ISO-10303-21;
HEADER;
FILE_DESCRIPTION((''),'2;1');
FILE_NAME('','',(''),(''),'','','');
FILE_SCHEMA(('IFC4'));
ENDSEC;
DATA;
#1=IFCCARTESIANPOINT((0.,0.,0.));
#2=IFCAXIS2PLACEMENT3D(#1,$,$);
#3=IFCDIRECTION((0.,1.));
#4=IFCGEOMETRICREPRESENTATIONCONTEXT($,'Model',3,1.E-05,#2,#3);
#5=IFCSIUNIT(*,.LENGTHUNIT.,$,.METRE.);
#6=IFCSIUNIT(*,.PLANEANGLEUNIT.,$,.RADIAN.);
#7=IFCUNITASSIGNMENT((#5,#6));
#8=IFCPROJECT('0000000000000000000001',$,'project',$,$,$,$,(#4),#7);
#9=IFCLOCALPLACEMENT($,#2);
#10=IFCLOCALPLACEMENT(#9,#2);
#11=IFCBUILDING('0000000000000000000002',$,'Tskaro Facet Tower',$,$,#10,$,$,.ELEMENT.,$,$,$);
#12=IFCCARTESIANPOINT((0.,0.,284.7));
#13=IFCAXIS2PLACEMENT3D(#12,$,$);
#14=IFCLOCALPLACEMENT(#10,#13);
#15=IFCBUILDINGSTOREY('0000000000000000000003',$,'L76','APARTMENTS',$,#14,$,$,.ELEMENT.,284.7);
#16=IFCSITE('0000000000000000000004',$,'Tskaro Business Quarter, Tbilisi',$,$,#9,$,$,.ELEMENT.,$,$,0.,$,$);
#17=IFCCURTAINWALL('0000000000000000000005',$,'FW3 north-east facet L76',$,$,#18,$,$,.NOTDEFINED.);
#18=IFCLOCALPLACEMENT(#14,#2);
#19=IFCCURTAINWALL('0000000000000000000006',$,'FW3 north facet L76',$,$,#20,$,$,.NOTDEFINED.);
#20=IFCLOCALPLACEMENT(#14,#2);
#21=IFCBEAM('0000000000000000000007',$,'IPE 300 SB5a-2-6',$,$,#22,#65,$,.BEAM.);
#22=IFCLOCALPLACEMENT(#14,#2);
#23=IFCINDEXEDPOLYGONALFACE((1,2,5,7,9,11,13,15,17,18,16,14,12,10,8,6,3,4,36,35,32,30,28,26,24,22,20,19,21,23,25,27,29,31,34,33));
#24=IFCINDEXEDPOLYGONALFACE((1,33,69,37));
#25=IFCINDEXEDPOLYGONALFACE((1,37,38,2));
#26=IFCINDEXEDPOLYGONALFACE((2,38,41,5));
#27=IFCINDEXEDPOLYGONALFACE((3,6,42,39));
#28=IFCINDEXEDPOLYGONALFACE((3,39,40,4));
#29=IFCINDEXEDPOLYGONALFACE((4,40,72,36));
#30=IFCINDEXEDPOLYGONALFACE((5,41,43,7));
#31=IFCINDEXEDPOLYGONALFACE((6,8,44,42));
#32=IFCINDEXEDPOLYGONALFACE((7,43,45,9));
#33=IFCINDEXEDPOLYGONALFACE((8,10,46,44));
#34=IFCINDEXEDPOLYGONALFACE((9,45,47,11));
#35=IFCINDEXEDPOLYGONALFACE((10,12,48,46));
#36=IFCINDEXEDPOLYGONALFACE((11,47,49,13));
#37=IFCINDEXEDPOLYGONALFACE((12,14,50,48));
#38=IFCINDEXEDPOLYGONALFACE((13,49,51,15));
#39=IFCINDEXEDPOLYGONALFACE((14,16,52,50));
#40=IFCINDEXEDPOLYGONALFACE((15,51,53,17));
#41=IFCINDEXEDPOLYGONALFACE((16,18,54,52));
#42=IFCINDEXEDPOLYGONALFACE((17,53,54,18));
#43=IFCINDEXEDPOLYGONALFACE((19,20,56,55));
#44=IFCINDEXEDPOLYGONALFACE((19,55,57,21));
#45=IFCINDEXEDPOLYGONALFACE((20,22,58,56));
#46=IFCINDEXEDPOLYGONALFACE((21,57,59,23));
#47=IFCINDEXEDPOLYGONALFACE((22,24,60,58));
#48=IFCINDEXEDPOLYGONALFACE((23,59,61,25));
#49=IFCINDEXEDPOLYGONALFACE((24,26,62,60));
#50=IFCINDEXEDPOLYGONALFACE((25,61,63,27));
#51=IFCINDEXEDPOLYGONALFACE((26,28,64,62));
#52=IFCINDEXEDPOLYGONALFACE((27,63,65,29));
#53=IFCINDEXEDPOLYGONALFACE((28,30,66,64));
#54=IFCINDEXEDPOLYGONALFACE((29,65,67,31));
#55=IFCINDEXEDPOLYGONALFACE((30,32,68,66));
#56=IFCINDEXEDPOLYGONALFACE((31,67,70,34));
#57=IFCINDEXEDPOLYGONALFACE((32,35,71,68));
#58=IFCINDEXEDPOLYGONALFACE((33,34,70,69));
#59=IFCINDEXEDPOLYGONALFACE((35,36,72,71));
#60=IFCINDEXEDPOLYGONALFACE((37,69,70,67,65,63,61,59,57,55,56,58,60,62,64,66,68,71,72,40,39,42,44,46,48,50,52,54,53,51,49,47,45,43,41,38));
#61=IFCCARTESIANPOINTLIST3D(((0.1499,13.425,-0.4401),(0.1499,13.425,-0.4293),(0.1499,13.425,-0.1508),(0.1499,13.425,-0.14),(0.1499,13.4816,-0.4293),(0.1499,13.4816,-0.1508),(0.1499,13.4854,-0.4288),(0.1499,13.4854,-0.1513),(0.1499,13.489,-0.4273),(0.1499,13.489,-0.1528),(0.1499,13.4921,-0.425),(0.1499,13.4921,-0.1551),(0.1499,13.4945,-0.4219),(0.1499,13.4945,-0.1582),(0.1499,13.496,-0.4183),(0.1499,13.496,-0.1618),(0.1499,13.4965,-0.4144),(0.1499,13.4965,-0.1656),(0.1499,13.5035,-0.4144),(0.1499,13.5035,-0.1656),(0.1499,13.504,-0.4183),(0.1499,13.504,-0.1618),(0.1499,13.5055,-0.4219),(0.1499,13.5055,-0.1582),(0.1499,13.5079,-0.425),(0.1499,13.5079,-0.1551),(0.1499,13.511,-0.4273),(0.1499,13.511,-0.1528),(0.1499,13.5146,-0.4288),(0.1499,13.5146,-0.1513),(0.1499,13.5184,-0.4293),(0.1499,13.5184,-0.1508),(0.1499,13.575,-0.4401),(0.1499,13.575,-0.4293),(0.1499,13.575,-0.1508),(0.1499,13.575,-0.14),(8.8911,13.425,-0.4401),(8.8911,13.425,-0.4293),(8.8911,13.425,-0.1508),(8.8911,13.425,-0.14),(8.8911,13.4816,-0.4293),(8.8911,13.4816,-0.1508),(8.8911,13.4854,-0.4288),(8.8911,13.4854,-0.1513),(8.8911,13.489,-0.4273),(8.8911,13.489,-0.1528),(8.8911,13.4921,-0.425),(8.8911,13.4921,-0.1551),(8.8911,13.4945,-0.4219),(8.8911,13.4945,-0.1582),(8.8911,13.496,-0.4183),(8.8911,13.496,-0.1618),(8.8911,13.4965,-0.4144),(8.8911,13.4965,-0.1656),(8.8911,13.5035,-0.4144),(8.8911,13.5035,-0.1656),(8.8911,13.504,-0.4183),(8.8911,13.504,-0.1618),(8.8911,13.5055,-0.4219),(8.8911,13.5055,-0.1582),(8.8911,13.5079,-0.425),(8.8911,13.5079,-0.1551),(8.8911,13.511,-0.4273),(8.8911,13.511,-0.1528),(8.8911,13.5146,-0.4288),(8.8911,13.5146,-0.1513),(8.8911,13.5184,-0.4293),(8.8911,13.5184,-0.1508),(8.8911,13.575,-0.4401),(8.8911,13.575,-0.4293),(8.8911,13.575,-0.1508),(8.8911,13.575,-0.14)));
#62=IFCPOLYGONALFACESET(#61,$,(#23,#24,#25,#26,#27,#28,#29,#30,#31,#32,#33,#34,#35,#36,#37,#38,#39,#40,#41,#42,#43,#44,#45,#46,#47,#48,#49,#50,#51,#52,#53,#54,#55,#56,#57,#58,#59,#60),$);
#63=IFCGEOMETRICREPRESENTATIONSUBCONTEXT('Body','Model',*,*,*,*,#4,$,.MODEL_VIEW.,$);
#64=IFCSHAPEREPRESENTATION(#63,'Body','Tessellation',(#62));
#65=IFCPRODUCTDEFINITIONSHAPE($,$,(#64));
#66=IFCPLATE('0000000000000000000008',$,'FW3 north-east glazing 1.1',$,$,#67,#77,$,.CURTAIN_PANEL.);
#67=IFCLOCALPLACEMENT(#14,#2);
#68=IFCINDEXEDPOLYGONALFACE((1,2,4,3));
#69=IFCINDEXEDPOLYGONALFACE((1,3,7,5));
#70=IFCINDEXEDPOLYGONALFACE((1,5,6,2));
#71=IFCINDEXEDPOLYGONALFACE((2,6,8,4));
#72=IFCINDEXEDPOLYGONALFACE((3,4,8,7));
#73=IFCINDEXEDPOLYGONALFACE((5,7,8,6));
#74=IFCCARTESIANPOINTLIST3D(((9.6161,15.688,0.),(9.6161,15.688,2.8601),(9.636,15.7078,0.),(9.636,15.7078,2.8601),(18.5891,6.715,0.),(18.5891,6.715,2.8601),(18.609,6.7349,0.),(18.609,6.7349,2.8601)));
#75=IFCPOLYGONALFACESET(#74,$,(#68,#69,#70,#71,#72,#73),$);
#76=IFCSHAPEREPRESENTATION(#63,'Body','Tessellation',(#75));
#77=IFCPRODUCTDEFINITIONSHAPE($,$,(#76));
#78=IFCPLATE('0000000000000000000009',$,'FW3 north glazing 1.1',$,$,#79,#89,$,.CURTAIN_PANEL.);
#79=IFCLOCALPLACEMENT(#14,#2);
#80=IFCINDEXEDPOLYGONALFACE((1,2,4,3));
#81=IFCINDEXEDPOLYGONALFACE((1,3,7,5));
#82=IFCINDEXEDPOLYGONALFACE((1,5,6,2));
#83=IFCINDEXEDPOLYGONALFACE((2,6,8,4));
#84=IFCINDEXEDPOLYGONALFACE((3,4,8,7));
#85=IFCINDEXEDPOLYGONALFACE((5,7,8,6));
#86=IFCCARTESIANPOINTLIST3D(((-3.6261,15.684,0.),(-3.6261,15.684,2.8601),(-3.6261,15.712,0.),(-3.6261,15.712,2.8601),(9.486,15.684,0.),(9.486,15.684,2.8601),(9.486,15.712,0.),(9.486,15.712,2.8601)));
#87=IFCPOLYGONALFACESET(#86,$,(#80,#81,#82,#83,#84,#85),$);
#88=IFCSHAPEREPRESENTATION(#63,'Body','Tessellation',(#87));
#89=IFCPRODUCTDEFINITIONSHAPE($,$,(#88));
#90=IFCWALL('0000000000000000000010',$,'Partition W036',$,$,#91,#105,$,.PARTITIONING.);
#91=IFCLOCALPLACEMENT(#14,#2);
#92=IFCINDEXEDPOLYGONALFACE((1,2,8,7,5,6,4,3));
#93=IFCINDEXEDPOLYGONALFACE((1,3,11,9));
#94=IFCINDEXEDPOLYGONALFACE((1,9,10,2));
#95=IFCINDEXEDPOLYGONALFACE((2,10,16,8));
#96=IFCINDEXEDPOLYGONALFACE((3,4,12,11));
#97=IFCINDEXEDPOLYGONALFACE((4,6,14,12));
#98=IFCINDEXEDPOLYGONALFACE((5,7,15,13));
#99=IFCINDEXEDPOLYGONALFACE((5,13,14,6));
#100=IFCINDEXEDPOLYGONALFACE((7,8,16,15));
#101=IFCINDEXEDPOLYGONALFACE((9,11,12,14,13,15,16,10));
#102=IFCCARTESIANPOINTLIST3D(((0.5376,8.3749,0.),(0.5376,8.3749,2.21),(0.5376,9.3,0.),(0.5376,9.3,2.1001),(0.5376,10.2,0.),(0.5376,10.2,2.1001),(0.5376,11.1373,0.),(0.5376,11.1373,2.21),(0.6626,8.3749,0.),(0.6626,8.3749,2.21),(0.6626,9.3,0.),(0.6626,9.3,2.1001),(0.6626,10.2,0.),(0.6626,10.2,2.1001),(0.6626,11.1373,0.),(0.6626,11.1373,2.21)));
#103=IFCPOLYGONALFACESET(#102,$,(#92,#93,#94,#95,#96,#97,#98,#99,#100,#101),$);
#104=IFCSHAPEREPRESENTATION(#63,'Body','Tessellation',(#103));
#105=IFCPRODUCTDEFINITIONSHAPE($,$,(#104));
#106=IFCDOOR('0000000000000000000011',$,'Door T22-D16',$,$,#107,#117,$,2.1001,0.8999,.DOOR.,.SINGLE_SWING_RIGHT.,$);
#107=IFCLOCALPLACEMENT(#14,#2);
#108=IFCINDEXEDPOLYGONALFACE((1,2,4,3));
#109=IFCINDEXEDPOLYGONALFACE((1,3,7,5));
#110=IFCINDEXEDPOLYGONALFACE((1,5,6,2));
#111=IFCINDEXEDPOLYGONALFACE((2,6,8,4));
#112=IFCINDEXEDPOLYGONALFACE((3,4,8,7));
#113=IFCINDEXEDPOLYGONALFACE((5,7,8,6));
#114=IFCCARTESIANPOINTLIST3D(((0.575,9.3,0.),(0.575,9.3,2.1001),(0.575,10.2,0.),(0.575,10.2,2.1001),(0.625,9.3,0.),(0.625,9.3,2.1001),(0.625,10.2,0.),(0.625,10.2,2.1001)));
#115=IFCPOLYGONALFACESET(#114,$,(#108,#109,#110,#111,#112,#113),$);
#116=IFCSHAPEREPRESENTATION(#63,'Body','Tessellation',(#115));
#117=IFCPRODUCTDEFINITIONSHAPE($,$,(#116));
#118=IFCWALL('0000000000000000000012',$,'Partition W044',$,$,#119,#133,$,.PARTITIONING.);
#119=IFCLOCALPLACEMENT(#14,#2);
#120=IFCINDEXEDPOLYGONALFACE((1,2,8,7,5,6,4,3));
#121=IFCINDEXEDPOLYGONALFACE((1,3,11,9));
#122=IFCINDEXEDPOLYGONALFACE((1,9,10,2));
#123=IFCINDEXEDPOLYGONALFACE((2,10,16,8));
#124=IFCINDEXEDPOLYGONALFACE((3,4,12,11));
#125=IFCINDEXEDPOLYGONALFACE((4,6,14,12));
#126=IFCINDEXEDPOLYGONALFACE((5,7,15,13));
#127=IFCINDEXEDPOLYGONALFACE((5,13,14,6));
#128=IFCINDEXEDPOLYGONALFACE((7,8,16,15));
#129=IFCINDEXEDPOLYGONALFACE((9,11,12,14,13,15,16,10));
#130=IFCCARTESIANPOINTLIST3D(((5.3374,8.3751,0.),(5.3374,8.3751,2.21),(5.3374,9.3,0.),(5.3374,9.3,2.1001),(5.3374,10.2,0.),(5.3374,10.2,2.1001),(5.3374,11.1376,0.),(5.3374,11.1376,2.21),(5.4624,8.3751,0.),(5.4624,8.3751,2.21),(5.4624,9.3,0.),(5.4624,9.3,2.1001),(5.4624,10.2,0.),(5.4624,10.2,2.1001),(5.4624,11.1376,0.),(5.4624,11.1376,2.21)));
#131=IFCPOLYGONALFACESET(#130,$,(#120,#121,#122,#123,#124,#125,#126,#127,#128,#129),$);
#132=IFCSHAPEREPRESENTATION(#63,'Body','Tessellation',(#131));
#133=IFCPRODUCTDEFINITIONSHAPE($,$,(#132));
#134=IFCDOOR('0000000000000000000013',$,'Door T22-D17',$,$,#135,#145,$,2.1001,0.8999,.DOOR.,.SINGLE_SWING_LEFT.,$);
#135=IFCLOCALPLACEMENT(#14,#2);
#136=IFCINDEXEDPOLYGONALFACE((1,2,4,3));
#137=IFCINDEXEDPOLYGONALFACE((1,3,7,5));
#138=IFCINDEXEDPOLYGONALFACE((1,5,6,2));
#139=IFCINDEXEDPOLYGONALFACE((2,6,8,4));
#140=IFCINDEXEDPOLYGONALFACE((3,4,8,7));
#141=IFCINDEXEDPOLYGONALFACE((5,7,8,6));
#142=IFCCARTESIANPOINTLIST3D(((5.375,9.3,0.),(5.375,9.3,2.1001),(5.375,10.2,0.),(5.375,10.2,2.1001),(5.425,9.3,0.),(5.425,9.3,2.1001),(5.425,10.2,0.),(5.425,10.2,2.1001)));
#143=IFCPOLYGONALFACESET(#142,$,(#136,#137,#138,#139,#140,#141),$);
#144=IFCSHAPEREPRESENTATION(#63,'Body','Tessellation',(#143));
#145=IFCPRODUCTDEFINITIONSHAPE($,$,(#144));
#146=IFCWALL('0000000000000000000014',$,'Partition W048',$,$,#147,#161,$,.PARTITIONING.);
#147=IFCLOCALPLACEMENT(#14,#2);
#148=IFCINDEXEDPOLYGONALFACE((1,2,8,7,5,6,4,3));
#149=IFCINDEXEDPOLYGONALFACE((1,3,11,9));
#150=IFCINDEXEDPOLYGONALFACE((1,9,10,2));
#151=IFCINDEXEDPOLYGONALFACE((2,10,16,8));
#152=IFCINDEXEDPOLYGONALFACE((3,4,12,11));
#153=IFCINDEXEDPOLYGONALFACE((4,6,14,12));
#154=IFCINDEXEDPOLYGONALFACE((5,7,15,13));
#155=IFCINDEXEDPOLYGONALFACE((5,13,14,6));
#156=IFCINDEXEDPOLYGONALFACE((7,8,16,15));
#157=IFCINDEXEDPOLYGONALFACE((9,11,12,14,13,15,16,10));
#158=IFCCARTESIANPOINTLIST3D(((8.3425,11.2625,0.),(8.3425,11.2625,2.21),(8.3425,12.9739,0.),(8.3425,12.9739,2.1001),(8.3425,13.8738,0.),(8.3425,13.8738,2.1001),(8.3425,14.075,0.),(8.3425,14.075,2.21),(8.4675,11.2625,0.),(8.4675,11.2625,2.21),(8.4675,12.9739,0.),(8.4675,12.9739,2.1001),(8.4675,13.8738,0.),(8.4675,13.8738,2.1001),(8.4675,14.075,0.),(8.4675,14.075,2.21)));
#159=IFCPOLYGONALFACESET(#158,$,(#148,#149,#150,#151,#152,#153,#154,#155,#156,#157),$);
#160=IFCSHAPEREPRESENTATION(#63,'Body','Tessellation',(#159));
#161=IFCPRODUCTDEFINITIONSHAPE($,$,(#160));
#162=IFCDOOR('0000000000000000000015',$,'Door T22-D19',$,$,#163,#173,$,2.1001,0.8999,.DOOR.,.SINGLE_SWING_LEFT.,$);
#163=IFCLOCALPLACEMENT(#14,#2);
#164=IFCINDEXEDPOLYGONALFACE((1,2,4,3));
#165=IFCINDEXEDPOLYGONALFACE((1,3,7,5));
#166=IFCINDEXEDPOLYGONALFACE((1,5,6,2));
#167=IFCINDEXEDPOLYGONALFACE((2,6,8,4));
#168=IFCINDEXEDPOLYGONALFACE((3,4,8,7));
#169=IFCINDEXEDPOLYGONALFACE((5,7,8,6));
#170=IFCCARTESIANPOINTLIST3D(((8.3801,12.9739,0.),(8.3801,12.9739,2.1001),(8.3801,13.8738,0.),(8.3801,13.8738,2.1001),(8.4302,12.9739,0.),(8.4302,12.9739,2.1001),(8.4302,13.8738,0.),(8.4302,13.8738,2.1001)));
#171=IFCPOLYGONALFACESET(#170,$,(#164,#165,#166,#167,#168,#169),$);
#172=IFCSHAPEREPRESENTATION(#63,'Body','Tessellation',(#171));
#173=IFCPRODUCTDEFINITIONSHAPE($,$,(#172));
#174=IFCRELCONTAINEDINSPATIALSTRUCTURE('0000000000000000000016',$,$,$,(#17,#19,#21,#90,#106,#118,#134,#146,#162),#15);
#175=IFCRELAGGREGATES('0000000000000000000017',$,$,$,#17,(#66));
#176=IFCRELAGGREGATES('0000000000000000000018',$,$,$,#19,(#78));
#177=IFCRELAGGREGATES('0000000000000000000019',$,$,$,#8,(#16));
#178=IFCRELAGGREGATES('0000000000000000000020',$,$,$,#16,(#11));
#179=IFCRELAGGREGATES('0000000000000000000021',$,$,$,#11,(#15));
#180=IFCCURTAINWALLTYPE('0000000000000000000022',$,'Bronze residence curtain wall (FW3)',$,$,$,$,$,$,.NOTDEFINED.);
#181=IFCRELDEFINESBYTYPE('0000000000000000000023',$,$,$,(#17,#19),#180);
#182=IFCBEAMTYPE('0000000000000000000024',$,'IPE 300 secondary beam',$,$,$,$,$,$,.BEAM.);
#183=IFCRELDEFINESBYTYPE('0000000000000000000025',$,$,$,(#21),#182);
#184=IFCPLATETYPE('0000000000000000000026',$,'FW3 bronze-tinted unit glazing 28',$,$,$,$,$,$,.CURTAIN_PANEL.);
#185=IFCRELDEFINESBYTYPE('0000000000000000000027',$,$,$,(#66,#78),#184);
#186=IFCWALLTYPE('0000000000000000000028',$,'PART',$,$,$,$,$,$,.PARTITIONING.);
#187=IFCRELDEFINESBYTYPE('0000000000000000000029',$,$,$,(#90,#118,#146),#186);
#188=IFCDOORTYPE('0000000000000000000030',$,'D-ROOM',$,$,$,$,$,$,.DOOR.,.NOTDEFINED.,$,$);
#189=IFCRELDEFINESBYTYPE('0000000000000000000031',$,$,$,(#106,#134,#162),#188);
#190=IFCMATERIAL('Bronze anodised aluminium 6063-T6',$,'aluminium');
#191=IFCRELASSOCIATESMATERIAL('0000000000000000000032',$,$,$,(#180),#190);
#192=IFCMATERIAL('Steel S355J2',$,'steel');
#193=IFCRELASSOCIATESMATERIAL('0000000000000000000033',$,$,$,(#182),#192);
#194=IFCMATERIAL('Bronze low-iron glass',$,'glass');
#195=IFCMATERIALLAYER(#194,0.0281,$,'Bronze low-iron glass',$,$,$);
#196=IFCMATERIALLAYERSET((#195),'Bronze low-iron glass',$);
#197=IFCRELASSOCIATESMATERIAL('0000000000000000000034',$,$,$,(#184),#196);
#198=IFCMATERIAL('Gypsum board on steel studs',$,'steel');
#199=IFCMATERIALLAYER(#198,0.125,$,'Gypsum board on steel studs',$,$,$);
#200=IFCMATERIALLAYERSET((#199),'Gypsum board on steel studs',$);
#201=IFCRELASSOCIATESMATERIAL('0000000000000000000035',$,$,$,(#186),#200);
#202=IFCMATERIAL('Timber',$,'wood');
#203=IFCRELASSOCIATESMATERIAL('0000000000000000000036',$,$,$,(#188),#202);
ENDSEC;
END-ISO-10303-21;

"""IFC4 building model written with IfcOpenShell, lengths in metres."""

from ifc_helpers import new_model, si_unit, direction, frame, frame_2d, origin, origin_2d, place, context, subcontext, project, spatial, rectangle, i_section, extrude, material, layer, layer_set, material_profile, profile_set, type_object, element, fill, aggregate, save


model = new_model("IFC4")

# Units and contexts
model_context = context("Model", 3, precision=1e-05, world=origin(), true_north=direction((0.0, 1.0)))
body_context = subcontext(model_context, "Body", "Model", "MODEL_VIEW")
ifc_project = project(units=[si_unit("LENGTHUNIT", "METRE"), si_unit("PLANEANGLEUNIT", "RADIAN")], contexts=[model_context])

# Site, building, storey
site_placement = place(None, origin())
site = spatial("IfcSite", under=ifc_project, at=site_placement, Name="Tskaro Business Quarter, Tbilisi", CompositionType="ELEMENT", RefElevation=0.0)
building_placement = place(site_placement, origin())
building = spatial("IfcBuilding", under=site, at=building_placement, Name="Tskaro Facet Tower", CompositionType="ELEMENT")
storey_placement = place(building_placement, frame((0.0, 0.0, 284.7)))
storey = spatial("IfcBuildingStorey", under=building, at=storey_placement, Name="L76", Description="APARTMENTS", CompositionType="ELEMENT", Elevation=284.7)

# Shared definitions
ifc_material_1 = material(Name="Steel S355J2", Category="steel")

# Curtain walls
ifc_material_2 = material(Name="Bronze anodised aluminium 6063-T6", Category="aluminium")
curtain_wall_type = type_object("IfcCurtainWallType", Name="Bronze residence curtain wall (FW3)", PredefinedType="NOTDEFINED", material=ifc_material_2)
curtain_wall_1_placement = place(storey_placement, origin())
curtain_wall_1 = element("IfcCurtainWall", 1, at=curtain_wall_1_placement, inside=storey, type_object=curtain_wall_type, Name="FW3 north-east facet L76", PredefinedType="NOTDEFINED")
curtain_wall_2_placement = place(storey_placement, origin())
curtain_wall_2 = element("IfcCurtainWall", 2, at=curtain_wall_2_placement, inside=storey, type_object=curtain_wall_type, Name="FW3 north facet L76", PredefinedType="NOTDEFINED")

# Beam
ifc_material_profile_1 = material_profile(ifc_material_1, i_section(OverallWidth=0.1499, OverallDepth=0.3, WebThickness=0.0071, FlangeThickness=0.0107, FilletRadius=0.0149, at=origin_2d()), Name="IPE 300")
ifc_profile_set_1 = profile_set([ifc_material_profile_1], Name="Steel S355J2")
beam_type_1 = type_object("IfcBeamType", Name="IPE 300 secondary beam", PredefinedType="BEAM", material=ifc_profile_set_1)
beam_1_placement = place(storey_placement, frame((0.1499, 13.5, -0.29), z_axis=(1.0, 0.0, 0.0), x_axis=(0.0, 1.0, 0.0)))
element("IfcBeam", 3, at=beam_1_placement, inside=storey, type_object=beam_type_1, Name="IPE 300 SB5a-2-6", PredefinedType="BEAM", context=body_context, shape_type="SweptSolid", body=[
    extrude(i_section(OverallWidth=0.1499, OverallDepth=0.3, WebThickness=0.0071, FlangeThickness=0.0107, FilletRadius=0.0149, at=origin_2d()), origin(), (0.0, 0.0, 1.0), 8.7412),
])

# Plates
ifc_material_3 = material(Name="Bronze low-iron glass", Category="glass")
ifc_layer_1 = layer(ifc_material_3, 0.0281, Name="Bronze low-iron glass")
ifc_layer_set_1 = layer_set([ifc_layer_1], Name="Bronze low-iron glass")
plate_type = type_object("IfcPlateType", Name="FW3 bronze-tinted unit glazing 28", PredefinedType="CURTAIN_PANEL", material=ifc_layer_set_1)
plate_1_placement = place(storey_placement, frame((14.1125, 11.2114, 0.0), z_axis=(0.0, 0.0, 1.0), x_axis=(-0.707107, 0.707107, 0.0)))
plate_1 = element("IfcPlate", 4, at=plate_1_placement, type_object=plate_type, Name="FW3 north-east glazing 1.1", PredefinedType="CURTAIN_PANEL", context=body_context, shape_type="SweptSolid", body=[
    extrude(rectangle(XDim=12.6897, YDim=0.0281, at=origin_2d()), origin(), (0.0, 0.0, 1.0), 2.8601),
])
aggregate(curtain_wall_1, [plate_1])
plate_2_placement = place(storey_placement, frame((2.9299, 15.698, 0.0), z_axis=(0.0, 0.0, 1.0), x_axis=(-1.0, 0.0, 0.0)))
plate_2 = element("IfcPlate", 5, at=plate_2_placement, type_object=plate_type, Name="FW3 north glazing 1.1", PredefinedType="CURTAIN_PANEL", context=body_context, shape_type="SweptSolid", body=[
    extrude(rectangle(XDim=13.1121, YDim=0.0281, at=origin_2d()), origin(), (0.0, 0.0, 1.0), 2.8601),
])
aggregate(curtain_wall_2, [plate_2])

# Walls, openings, doors
ifc_material_4 = material(Name="Gypsum board on steel studs", Category="steel")
ifc_layer_2 = layer(ifc_material_4, 0.125, Name="Gypsum board on steel studs")
ifc_layer_set_2 = layer_set([ifc_layer_2], Name="Gypsum board on steel studs")
wall_type_1 = type_object("IfcWallType", Name="PART", PredefinedType="PARTITIONING", material=ifc_layer_set_2)
wall_1_placement = place(storey_placement, frame((0.6001, 11.1375, 0.0), z_axis=(0.0, 0.0, 1.0), x_axis=(0.0, -1.0, 0.0)))
wall_1 = element("IfcWall", 6, at=wall_1_placement, inside=storey, type_object=wall_type_1, Name="Partition W036", PredefinedType="PARTITIONING", context=body_context, shape_type="SweptSolid", body=[
    extrude(rectangle(XDim=2.7625, YDim=0.125, at=frame_2d((1.3813, 0.0))), origin(), (0.0, 0.0, 1.0), 2.21),
])
opening_1_placement = place(wall_1_placement, frame((0.9375, 0.0, 0.0)))
opening_1 = element("IfcOpeningElement", 7, at=opening_1_placement, cuts=wall_1, PredefinedType="OPENING", context=body_context, shape_type="SweptSolid", body=[
    extrude(rectangle(XDim=0.8999, YDim=2.1001, at=frame_2d((0.45, 1.05))), frame((0.0, 0.0725, 0.0), z_axis=(0.0, -1.0, 0.0), x_axis=(1.0, 0.0, 0.0)), (0.0, 0.0, 1.0), 0.145),
])
ifc_material_5 = material(Name="Timber", Category="wood")
door_type_1 = type_object("IfcDoorType", Name="D-ROOM", OperationType="NOTDEFINED", PredefinedType="DOOR", material=ifc_material_5)
door_1_placement = place(opening_1_placement, origin())
door_1 = element("IfcDoor", 8, at=door_1_placement, inside=storey, type_object=door_type_1, Name="Door T22-D16", OperationType="SINGLE_SWING_RIGHT", OverallHeight=2.1001, OverallWidth=0.8999, PredefinedType="DOOR", context=body_context, shape_type="SweptSolid", body=[
    extrude(rectangle(XDim=0.8999, YDim=2.1001, at=frame_2d((0.45, 1.05))), frame((0.0, 0.0249, 0.0), z_axis=(0.0, -1.0, 0.0), x_axis=(1.0, 0.0, 0.0)), (0.0, 0.0, 1.0), 0.05),
])
fill(opening_1, door_1)
wall_2_placement = place(storey_placement, frame((5.3999, 8.375, 0.0), z_axis=(0.0, 0.0, 1.0), x_axis=(0.0, 1.0, 0.0)))
wall_2 = element("IfcWall", 9, at=wall_2_placement, inside=storey, type_object=wall_type_1, Name="Partition W044", PredefinedType="PARTITIONING", context=body_context, shape_type="SweptSolid", body=[
    extrude(rectangle(XDim=2.7625, YDim=0.125, at=frame_2d((1.3813, 0.0))), origin(), (0.0, 0.0, 1.0), 2.21),
])
opening_2_placement = place(wall_2_placement, frame((0.925, 0.0, 0.0)))
opening_2 = element("IfcOpeningElement", 10, at=opening_2_placement, cuts=wall_2, PredefinedType="OPENING", context=body_context, shape_type="SweptSolid", body=[
    extrude(rectangle(XDim=0.8999, YDim=2.1001, at=frame_2d((0.45, 1.05))), frame((0.0, 0.0725, 0.0), z_axis=(0.0, -1.0, 0.0), x_axis=(1.0, 0.0, 0.0)), (0.0, 0.0, 1.0), 0.145),
])
door_2_placement = place(opening_2_placement, origin())
door_2 = element("IfcDoor", 11, at=door_2_placement, inside=storey, type_object=door_type_1, Name="Door T22-D17", OperationType="SINGLE_SWING_LEFT", OverallHeight=2.1001, OverallWidth=0.8999, PredefinedType="DOOR", context=body_context, shape_type="SweptSolid", body=[
    extrude(rectangle(XDim=0.8999, YDim=2.1001, at=frame_2d((0.45, 1.05))), frame((0.0, 0.0249, 0.0), z_axis=(0.0, -1.0, 0.0), x_axis=(1.0, 0.0, 0.0)), (0.0, 0.0, 1.0), 0.05),
])
fill(opening_2, door_2)
wall_3_placement = place(storey_placement, frame((8.405, 11.2625, 0.0), z_axis=(0.0, 0.0, 1.0), x_axis=(0.0, 1.0, 0.0)))
wall_3 = element("IfcWall", 12, at=wall_3_placement, inside=storey, type_object=wall_type_1, Name="Partition W048", PredefinedType="PARTITIONING", context=body_context, shape_type="SweptSolid", body=[
    extrude(rectangle(XDim=2.8125, YDim=0.125, at=frame_2d((1.4062, 0.0))), origin(), (0.0, 0.0, 1.0), 2.21),
])
opening_3_placement = place(wall_3_placement, frame((1.7114, 0.0, 0.0)))
opening_3 = element("IfcOpeningElement", 13, at=opening_3_placement, cuts=wall_3, PredefinedType="OPENING", context=body_context, shape_type="SweptSolid", body=[
    extrude(rectangle(XDim=0.8999, YDim=2.1001, at=frame_2d((0.45, 1.05))), frame((0.0, 0.0725, 0.0), z_axis=(0.0, -1.0, 0.0), x_axis=(1.0, 0.0, 0.0)), (0.0, 0.0, 1.0), 0.145),
])
door_3_placement = place(opening_3_placement, origin())
door_3 = element("IfcDoor", 14, at=door_3_placement, inside=storey, type_object=door_type_1, Name="Door T22-D19", OperationType="SINGLE_SWING_LEFT", OverallHeight=2.1001, OverallWidth=0.8999, PredefinedType="DOOR", context=body_context, shape_type="SweptSolid", body=[
    extrude(rectangle(XDim=0.8999, YDim=2.1001, at=frame_2d((0.45, 1.05))), frame((0.0, 0.0249, 0.0), z_axis=(0.0, -1.0, 0.0), x_axis=(1.0, 0.0, 0.0)), (0.0, 0.0, 1.0), 0.05),
])
fill(opening_3, door_3)

save(model, "model.ifc")
